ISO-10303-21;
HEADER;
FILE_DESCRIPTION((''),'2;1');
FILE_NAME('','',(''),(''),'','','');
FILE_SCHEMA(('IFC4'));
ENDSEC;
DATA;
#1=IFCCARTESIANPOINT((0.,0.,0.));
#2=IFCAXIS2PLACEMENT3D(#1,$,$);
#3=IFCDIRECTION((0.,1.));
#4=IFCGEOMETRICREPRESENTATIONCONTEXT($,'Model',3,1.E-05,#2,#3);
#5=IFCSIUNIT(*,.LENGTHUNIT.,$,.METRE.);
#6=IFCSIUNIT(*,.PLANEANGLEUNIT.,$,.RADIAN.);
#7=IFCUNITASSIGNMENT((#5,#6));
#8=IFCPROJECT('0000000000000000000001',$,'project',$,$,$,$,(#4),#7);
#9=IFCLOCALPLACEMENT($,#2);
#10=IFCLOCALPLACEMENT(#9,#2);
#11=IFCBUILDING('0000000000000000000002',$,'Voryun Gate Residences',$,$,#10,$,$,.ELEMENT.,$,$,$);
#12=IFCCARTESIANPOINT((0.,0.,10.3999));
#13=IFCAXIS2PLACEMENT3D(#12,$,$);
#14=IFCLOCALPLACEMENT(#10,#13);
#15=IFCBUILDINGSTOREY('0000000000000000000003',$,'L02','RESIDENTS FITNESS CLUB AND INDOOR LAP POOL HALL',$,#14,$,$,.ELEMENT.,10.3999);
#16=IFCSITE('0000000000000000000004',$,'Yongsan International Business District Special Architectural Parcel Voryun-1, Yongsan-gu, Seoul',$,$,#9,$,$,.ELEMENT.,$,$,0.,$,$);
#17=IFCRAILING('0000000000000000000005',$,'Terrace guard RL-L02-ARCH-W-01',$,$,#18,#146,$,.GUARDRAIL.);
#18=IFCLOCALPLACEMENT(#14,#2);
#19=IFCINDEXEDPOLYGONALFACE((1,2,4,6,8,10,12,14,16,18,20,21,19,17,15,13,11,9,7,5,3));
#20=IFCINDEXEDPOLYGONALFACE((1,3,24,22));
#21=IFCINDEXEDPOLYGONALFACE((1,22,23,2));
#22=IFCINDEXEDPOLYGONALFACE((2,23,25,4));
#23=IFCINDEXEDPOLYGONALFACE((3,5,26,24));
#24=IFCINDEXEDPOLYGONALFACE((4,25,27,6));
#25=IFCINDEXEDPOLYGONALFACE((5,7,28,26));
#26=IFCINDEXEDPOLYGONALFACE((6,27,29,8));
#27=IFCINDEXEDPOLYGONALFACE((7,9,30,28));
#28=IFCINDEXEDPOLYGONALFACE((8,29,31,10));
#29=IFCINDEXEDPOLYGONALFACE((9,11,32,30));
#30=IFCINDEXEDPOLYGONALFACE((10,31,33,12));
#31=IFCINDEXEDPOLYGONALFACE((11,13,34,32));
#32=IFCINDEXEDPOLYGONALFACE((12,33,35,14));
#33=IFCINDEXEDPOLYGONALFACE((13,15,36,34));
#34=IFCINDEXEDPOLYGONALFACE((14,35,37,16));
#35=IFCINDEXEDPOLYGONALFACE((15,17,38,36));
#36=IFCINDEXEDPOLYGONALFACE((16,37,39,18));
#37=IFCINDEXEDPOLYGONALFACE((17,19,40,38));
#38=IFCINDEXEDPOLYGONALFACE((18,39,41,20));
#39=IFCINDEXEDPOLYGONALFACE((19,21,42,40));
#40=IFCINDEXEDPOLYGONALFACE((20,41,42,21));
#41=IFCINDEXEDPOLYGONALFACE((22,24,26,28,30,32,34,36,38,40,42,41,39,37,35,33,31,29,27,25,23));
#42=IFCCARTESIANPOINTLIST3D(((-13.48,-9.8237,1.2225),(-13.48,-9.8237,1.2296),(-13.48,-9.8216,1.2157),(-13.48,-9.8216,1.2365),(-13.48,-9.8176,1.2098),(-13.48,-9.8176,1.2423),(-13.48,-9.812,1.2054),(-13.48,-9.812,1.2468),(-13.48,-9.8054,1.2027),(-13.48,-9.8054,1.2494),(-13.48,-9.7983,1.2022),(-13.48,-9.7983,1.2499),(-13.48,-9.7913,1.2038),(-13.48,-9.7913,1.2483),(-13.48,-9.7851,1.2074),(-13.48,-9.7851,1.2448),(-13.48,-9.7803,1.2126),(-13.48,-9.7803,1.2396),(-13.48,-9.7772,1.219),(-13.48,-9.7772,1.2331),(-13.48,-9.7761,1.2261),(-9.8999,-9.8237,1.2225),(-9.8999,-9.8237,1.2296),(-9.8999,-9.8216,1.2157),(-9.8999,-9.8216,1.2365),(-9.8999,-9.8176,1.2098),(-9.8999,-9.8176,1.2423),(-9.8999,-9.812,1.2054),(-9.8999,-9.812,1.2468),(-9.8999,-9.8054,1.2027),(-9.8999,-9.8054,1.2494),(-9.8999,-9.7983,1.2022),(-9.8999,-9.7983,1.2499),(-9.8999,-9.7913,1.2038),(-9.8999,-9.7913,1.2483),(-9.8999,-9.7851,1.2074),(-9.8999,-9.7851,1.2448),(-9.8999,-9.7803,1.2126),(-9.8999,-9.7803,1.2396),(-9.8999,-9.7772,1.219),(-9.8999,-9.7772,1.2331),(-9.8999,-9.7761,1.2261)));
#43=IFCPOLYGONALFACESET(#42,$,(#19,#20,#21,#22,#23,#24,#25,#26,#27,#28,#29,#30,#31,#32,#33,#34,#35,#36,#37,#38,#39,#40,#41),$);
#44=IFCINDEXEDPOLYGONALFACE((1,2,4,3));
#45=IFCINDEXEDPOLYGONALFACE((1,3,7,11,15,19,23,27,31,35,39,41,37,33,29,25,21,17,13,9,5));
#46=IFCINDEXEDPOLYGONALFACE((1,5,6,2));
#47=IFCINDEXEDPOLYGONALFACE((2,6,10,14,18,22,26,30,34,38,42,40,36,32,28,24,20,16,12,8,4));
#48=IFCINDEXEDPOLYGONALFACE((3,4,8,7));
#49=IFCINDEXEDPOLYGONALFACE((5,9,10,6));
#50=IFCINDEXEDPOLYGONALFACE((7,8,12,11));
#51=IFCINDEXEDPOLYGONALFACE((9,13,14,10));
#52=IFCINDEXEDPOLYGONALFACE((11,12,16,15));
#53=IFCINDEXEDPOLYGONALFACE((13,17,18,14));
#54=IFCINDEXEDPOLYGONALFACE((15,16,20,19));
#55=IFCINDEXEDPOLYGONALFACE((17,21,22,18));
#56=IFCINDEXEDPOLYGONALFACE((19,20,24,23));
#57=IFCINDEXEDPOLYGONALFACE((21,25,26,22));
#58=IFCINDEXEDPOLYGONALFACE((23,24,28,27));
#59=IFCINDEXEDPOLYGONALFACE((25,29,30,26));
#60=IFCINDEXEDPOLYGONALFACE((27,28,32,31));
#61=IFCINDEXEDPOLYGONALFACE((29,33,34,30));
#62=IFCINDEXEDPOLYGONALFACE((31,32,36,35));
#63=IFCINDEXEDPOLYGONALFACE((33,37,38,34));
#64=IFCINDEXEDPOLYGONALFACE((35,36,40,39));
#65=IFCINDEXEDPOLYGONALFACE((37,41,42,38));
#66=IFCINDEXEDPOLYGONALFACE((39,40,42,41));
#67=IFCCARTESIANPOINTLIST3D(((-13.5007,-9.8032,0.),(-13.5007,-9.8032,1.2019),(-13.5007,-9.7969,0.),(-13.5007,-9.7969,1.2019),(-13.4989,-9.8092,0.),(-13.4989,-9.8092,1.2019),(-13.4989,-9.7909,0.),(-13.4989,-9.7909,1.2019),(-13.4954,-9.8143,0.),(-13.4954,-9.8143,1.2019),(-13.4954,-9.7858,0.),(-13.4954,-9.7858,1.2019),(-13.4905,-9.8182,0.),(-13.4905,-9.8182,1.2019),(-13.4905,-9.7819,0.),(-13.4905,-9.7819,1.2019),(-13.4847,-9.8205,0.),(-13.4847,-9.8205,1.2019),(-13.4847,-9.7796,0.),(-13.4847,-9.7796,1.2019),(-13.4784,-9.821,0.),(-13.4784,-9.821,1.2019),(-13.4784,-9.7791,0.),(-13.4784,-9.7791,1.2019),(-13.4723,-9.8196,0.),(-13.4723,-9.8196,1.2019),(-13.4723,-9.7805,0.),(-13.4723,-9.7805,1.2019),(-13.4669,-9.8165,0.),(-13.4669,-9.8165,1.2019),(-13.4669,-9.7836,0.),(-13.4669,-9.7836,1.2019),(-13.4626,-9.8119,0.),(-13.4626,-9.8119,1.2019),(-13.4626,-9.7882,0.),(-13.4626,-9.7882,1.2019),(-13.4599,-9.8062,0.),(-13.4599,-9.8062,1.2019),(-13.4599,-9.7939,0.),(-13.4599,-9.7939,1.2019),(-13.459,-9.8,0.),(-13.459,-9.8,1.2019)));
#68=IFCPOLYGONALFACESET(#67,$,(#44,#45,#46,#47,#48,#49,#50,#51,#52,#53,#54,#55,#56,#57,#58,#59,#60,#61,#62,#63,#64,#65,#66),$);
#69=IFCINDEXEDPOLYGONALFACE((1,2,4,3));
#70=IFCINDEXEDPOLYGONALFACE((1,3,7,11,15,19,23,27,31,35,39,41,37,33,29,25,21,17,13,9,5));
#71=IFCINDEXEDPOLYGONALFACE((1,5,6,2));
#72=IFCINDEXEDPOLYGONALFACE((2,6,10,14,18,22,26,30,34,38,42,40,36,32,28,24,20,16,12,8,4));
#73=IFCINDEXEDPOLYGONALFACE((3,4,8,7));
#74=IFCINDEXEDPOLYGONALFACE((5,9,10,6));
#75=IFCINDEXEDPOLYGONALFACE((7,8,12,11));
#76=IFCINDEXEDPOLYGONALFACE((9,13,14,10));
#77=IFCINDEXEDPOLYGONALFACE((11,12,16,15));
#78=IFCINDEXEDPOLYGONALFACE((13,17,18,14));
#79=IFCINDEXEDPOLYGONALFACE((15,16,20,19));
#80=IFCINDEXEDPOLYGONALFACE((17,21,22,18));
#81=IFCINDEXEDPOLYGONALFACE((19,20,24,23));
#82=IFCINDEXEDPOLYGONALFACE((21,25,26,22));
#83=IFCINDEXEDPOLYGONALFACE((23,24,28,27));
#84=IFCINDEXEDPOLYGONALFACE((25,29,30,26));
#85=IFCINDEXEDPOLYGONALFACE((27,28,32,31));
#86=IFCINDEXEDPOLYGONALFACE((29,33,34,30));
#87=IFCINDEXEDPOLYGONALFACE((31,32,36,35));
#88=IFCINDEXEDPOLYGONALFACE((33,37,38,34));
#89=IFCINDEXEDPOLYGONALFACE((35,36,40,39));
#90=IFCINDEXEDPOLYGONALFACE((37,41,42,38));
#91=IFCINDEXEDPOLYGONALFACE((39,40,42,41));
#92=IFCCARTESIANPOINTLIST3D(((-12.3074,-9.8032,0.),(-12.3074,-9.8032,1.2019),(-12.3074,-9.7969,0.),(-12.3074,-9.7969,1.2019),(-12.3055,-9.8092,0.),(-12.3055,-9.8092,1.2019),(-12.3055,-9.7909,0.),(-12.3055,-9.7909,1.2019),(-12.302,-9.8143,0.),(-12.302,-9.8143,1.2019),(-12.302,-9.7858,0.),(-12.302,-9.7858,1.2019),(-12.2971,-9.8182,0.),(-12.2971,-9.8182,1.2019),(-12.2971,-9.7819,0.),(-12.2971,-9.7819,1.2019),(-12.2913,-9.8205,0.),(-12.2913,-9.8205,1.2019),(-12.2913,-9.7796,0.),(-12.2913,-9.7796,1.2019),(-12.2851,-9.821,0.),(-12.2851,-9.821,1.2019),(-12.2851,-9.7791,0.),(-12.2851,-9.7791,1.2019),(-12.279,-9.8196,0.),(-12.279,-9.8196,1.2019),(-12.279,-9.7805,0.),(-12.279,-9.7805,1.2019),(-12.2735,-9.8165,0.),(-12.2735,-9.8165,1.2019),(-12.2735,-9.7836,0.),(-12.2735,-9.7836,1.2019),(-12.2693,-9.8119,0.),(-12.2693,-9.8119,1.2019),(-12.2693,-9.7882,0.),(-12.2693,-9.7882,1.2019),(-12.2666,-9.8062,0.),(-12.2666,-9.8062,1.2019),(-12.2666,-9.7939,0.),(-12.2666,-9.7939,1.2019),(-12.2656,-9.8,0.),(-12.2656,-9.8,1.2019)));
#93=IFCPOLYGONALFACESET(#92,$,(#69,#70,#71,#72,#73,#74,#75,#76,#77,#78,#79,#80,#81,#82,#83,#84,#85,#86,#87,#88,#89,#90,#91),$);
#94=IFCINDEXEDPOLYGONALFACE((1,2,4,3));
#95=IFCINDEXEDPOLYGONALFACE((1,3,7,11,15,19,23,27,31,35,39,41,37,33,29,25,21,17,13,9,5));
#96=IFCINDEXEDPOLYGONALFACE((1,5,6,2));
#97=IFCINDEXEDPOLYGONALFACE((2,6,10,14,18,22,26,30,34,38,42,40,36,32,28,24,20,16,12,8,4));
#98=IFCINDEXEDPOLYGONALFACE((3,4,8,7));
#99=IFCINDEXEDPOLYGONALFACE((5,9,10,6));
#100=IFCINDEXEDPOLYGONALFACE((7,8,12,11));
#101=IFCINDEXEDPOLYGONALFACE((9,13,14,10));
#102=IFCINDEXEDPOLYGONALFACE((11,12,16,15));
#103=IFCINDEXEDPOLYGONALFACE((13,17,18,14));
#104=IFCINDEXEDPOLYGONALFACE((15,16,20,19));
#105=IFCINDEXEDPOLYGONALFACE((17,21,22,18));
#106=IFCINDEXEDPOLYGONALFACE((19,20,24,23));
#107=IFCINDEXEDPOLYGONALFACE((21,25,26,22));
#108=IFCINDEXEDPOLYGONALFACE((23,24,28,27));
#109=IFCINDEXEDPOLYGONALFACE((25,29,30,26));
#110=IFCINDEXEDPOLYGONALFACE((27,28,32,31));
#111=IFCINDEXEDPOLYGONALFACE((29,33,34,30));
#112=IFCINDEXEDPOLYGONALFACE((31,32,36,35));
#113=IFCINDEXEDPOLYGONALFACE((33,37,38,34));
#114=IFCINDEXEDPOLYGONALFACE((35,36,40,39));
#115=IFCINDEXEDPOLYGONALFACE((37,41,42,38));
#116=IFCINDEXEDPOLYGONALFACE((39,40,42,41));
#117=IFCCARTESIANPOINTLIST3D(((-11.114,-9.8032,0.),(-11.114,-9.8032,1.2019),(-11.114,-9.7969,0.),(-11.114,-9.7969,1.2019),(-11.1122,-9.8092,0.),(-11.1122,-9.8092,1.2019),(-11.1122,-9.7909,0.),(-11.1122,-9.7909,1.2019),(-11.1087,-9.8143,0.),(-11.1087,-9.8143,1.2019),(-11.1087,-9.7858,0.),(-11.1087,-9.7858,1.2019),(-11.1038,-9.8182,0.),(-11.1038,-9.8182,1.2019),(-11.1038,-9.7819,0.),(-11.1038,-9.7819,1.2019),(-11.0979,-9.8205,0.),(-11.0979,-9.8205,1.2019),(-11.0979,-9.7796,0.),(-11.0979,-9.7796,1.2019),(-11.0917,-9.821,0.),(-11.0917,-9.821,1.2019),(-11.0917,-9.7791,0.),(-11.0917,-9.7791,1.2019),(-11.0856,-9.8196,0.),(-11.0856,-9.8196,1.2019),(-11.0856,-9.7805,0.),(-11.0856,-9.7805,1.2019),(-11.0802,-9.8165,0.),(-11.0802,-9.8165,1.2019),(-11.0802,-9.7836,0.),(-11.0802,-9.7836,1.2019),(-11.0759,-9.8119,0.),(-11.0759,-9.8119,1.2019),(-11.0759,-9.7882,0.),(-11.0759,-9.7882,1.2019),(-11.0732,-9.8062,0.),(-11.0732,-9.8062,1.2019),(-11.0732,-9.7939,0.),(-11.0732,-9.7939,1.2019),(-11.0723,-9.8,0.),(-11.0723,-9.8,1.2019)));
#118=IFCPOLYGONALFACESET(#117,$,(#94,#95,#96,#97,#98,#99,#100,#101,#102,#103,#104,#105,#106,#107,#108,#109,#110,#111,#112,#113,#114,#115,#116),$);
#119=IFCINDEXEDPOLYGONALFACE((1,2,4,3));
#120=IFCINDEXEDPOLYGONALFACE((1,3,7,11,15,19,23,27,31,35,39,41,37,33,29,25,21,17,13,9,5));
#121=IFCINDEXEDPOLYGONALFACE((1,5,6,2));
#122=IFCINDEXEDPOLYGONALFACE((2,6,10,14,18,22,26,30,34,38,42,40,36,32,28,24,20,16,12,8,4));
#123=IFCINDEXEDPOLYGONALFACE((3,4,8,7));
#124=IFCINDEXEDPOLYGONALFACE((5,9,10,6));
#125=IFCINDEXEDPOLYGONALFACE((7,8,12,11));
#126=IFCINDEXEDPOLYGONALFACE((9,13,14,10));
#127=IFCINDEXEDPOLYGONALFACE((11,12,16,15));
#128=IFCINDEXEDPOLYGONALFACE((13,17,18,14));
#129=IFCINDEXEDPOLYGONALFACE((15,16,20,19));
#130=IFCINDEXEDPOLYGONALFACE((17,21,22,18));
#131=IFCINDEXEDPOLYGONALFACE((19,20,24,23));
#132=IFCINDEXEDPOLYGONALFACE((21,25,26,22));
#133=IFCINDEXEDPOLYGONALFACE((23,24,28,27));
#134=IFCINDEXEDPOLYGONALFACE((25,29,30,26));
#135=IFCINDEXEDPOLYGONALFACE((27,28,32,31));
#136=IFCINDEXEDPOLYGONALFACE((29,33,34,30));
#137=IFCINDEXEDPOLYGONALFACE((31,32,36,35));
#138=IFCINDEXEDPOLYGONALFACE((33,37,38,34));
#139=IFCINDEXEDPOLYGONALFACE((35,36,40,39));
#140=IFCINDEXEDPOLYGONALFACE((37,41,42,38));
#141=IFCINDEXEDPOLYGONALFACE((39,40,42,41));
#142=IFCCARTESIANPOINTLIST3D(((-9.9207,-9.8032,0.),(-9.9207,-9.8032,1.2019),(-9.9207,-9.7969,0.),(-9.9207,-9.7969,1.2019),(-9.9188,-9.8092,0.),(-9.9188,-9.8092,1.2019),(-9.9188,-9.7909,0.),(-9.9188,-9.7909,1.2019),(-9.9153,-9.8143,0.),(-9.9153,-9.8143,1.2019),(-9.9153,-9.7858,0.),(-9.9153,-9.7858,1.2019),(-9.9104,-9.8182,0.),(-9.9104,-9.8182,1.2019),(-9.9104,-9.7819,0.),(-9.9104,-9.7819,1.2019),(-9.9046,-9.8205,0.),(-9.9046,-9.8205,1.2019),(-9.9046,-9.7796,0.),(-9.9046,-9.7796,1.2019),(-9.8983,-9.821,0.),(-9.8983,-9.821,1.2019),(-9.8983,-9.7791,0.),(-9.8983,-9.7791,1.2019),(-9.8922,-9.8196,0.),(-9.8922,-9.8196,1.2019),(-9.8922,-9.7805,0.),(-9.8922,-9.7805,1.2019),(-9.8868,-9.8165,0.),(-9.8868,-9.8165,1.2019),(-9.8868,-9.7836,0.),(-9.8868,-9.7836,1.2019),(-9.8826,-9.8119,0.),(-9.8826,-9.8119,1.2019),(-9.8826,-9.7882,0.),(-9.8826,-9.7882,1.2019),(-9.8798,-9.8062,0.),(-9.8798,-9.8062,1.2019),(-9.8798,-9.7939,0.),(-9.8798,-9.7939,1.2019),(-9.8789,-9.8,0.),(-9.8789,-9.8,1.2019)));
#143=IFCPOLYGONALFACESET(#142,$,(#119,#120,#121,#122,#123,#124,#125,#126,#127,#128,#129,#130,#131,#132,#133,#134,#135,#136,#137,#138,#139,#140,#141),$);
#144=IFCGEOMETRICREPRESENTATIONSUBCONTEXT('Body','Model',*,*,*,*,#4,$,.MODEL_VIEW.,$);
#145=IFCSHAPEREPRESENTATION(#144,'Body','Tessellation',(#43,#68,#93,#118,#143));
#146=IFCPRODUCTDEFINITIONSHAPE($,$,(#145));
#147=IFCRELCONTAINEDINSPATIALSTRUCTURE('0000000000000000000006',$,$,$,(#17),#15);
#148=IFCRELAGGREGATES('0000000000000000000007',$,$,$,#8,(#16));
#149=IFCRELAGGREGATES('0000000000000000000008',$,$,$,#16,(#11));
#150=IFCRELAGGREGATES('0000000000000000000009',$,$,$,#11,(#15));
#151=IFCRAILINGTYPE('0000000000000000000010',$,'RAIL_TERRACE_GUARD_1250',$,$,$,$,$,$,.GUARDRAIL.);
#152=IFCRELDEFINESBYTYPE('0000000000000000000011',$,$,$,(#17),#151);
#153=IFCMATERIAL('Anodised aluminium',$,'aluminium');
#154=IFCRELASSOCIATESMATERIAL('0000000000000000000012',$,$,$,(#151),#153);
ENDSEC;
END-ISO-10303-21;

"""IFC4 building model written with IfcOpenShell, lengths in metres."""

from ifc_helpers import new_model, si_unit, direction, frame, origin, origin_2d, place, context, subcontext, project, spatial, circle, extrude, material, type_object, element, save


model = new_model("IFC4")

# Units and contexts
model_context = context("Model", 3, precision=1e-05, world=origin(), true_north=direction((0.0, 1.0)))
body_context = subcontext(model_context, "Body", "Model", "MODEL_VIEW")
ifc_project = project(units=[si_unit("LENGTHUNIT", "METRE"), si_unit("PLANEANGLEUNIT", "RADIAN")], contexts=[model_context])

# Site, building, storey
site_placement = place(None, origin())
site = spatial("IfcSite", under=ifc_project, at=site_placement, Name="Yongsan International Business District Special Architectural Parcel Voryun-1, Yongsan-gu, Seoul", CompositionType="ELEMENT", RefElevation=0.0)
building_placement = place(site_placement, origin())
building = spatial("IfcBuilding", under=site, at=building_placement, Name="Voryun Gate Residences", CompositionType="ELEMENT")
storey_placement = place(building_placement, frame((0.0, 0.0, 10.3999)))
storey = spatial("IfcBuildingStorey", under=building, at=storey_placement, Name="L02", Description="RESIDENTS FITNESS CLUB AND INDOOR LAP POOL HALL", CompositionType="ELEMENT", Elevation=10.3999)

# Railing
ifc_material_1 = material(Name="Anodised aluminium", Category="aluminium")
railing_type = type_object("IfcRailingType", Name="RAIL_TERRACE_GUARD_1250", PredefinedType="GUARDRAIL", material=ifc_material_1)
railing_placement = place(storey_placement, frame((-13.48, -9.8, 0.0)))
element("IfcRailing", 1, at=railing_placement, inside=storey, type_object=railing_type, Name="Terrace guard RL-L02-ARCH-W-01", PredefinedType="GUARDRAIL", context=body_context, shape_type="SweptSolid", body=[
    extrude(circle(Radius=0.0239, at=origin_2d()), frame((0.0, 0.0, 1.2261), z_axis=(1.0, 0.0, 0.0), x_axis=(0.0, 1.0, 0.0)), (0.0, 0.0, 1.0), 3.5801),
    extrude(circle(Radius=0.021, at=origin_2d()), origin(), (0.0, 0.0, 1.0), 1.2019),
    extrude(circle(Radius=0.021, at=origin_2d()), frame((1.1934, 0.0, 0.0)), (0.0, 0.0, 1.0), 1.2019),
    extrude(circle(Radius=0.021, at=origin_2d()), frame((2.3867, 0.0, 0.0)), (0.0, 0.0, 1.0), 1.2019),
    extrude(circle(Radius=0.021, at=origin_2d()), frame((3.5801, 0.0, 0.0)), (0.0, 0.0, 1.0), 1.2019),
])

save(model, "model.ifc")
